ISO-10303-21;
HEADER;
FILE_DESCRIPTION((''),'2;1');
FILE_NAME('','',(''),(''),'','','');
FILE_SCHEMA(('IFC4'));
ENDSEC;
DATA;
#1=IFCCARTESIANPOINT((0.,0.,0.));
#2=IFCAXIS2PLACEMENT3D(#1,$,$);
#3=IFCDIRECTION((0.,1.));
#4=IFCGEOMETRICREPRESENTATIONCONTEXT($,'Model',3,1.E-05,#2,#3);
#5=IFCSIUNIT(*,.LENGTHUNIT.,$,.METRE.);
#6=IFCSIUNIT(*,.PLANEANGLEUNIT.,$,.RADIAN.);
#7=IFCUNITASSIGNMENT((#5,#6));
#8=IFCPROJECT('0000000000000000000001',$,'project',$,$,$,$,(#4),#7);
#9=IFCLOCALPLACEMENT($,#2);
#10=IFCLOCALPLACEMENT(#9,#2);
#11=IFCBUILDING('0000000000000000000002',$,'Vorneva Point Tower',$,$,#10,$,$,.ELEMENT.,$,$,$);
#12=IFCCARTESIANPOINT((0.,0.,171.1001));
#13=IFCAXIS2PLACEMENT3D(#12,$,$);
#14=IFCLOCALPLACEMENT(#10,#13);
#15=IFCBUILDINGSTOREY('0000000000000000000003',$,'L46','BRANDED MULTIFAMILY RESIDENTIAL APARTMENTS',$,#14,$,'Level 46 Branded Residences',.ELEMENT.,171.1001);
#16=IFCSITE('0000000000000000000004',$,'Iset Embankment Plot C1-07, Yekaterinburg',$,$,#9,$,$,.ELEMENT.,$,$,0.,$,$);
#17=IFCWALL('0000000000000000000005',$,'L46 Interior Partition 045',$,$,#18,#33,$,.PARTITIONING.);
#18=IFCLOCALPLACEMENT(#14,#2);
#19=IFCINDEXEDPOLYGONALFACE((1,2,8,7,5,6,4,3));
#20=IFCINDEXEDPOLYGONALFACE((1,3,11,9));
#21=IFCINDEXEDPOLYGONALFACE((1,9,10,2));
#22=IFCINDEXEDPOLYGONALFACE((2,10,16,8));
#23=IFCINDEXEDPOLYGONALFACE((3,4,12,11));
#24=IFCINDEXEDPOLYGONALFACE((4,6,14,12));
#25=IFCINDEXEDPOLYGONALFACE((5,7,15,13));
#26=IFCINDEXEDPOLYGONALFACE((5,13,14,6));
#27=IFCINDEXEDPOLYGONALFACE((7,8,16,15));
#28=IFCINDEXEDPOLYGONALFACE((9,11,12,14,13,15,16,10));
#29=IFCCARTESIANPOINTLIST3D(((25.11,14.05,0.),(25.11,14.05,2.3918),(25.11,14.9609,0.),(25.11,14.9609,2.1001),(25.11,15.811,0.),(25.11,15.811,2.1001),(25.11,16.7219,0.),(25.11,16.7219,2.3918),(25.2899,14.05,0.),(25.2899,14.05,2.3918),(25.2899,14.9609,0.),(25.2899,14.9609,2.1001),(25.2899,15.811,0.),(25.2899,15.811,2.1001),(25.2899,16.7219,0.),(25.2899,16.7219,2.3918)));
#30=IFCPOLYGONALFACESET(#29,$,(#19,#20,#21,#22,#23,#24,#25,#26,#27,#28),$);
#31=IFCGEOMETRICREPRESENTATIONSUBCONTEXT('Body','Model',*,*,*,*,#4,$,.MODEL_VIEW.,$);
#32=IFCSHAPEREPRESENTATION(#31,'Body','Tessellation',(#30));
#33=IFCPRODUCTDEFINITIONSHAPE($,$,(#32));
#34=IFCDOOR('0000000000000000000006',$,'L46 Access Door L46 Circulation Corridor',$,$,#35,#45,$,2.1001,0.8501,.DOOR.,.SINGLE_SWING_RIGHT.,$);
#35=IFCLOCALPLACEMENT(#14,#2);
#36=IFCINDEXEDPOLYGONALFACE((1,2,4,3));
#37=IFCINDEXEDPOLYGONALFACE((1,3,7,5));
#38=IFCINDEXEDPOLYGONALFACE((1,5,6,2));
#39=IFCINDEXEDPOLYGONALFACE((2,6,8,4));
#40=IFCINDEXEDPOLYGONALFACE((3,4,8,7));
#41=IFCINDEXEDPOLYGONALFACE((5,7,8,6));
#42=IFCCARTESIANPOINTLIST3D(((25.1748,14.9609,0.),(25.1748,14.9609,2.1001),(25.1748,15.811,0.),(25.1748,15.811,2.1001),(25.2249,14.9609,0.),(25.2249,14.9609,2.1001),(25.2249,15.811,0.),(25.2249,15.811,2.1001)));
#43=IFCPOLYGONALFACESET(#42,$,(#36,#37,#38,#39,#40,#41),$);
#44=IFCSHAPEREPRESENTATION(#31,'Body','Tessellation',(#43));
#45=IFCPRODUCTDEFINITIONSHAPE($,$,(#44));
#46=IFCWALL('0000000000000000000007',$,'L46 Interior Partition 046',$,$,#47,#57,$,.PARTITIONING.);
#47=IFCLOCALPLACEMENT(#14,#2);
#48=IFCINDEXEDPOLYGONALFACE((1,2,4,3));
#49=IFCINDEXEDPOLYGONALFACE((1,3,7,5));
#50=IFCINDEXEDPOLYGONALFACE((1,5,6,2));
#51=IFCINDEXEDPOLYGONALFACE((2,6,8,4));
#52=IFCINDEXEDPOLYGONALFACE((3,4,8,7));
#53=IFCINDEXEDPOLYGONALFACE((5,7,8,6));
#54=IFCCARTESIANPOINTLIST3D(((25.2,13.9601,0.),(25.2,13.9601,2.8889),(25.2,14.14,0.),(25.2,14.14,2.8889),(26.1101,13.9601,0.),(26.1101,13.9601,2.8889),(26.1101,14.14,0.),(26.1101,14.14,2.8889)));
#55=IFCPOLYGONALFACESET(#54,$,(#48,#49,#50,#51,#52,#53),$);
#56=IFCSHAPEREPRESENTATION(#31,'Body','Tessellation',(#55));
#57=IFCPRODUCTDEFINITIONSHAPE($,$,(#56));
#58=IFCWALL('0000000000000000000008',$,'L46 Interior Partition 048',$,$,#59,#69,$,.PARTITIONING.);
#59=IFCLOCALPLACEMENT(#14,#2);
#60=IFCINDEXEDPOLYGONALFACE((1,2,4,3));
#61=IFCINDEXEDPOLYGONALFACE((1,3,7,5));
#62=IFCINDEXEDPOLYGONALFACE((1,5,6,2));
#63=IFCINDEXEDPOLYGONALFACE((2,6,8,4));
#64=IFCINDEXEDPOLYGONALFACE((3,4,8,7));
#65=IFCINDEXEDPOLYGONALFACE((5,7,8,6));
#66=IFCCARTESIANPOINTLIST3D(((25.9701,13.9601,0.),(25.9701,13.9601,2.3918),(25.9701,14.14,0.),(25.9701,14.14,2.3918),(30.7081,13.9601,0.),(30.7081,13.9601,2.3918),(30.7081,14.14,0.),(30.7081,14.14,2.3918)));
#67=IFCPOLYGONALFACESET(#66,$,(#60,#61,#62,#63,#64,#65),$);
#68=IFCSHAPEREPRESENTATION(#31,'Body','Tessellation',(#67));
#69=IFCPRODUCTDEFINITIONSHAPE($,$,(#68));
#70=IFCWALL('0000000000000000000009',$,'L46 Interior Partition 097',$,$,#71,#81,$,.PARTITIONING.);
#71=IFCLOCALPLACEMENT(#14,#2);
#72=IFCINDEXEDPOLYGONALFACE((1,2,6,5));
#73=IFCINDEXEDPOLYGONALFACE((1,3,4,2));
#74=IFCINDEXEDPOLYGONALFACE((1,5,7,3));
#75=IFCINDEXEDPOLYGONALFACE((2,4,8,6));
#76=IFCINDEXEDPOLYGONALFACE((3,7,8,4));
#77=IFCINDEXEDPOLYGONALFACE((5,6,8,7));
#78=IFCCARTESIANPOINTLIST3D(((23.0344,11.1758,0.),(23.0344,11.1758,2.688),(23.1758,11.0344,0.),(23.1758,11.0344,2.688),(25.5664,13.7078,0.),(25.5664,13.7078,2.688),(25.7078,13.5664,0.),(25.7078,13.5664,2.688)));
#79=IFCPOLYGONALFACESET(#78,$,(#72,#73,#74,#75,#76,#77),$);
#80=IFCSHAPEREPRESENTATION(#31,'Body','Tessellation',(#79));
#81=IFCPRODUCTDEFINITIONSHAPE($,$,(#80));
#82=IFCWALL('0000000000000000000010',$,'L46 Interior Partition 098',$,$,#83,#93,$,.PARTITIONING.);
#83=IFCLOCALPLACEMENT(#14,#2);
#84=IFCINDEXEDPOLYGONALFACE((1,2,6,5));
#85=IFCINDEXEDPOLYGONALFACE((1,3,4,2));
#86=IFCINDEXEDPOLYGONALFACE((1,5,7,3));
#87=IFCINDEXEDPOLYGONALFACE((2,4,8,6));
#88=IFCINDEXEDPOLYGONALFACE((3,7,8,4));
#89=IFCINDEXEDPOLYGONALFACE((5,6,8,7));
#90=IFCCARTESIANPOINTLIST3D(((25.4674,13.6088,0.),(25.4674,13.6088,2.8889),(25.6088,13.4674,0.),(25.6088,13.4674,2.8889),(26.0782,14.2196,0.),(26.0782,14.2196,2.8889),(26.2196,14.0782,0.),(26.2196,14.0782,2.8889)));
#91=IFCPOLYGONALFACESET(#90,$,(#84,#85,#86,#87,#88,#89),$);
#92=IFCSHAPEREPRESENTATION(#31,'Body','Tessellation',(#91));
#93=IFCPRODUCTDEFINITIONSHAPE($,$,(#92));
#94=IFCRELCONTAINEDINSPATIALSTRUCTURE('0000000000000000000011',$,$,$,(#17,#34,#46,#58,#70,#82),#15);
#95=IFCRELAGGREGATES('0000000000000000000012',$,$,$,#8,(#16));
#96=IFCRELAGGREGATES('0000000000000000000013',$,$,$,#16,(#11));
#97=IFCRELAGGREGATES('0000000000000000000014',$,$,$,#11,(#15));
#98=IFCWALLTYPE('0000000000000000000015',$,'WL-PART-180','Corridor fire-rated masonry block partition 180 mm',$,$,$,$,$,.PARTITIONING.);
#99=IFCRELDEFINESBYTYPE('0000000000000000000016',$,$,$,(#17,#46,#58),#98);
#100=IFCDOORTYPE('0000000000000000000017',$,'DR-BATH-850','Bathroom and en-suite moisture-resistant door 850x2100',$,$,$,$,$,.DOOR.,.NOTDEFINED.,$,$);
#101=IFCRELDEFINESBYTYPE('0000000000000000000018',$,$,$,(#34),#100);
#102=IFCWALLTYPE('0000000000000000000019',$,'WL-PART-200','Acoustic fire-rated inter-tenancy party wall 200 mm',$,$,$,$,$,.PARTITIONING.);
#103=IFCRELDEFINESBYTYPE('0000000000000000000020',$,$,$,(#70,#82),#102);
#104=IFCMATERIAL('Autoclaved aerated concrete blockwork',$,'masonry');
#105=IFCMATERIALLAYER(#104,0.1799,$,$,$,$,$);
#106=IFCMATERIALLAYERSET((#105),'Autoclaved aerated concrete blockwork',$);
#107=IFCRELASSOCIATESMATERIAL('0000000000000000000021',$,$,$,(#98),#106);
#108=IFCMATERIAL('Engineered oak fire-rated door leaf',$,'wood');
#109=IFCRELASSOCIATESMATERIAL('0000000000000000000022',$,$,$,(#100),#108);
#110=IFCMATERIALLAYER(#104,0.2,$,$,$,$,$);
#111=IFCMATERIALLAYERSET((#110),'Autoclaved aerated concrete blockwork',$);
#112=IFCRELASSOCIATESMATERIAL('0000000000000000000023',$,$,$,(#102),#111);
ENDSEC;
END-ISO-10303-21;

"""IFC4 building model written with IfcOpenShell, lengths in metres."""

from ifc_helpers import new_model, si_unit, direction, frame, frame_2d, origin, place, context, subcontext, project, spatial, rectangle, extrude, material, layer, layer_set, type_object, element, fill, save


model = new_model("IFC4")

# Units and contexts
model_context = context("Model", 3, precision=1e-05, world=origin(), true_north=direction((0.0, 1.0)))
body_context = subcontext(model_context, "Body", "Model", "MODEL_VIEW")
ifc_project = project(units=[si_unit("LENGTHUNIT", "METRE"), si_unit("PLANEANGLEUNIT", "RADIAN")], contexts=[model_context])

# Site, building, storey
site_placement = place(None, origin())
site = spatial("IfcSite", under=ifc_project, at=site_placement, Name="Iset Embankment Plot C1-07, Yekaterinburg", CompositionType="ELEMENT", RefElevation=0.0)
building_placement = place(site_placement, origin())
building = spatial("IfcBuilding", under=site, at=building_placement, Name="Vorneva Point Tower", CompositionType="ELEMENT")
storey_placement = place(building_placement, frame((0.0, 0.0, 171.1001)))
storey = spatial("IfcBuildingStorey", under=building, at=storey_placement, Name="L46", Description="BRANDED MULTIFAMILY RESIDENTIAL APARTMENTS", LongName="Level 46 Branded Residences", CompositionType="ELEMENT", Elevation=171.1001)

# Shared definitions
ifc_material_1 = material(Name="Autoclaved aerated concrete blockwork", Category="masonry")
ifc_layer_1 = layer(ifc_material_1, 0.1799)
ifc_layer_set_1 = layer_set([ifc_layer_1], Name="Autoclaved aerated concrete blockwork")
wall_type_1 = type_object("IfcWallType", Name="WL-PART-180", Description="Corridor fire-rated masonry block partition 180 mm", PredefinedType="PARTITIONING", material=ifc_layer_set_1)

# Wall, opening, door
ifc_material_2 = material(Name="Engineered oak fire-rated door leaf", Category="wood")
door_type = type_object("IfcDoorType", Name="DR-BATH-850", Description="Bathroom and en-suite moisture-resistant door 850x2100", OperationType="NOTDEFINED", PredefinedType="DOOR", material=ifc_material_2)
wall_1_placement = place(storey_placement, frame((25.2, 16.7219, 0.0), z_axis=(0.0, 0.0, 1.0), x_axis=(0.0, -1.0, 0.0)))
wall_1 = element("IfcWall", 1, at=wall_1_placement, inside=storey, type_object=wall_type_1, Name="L46 Interior Partition 045", PredefinedType="PARTITIONING", context=body_context, shape_type="SweptSolid", body=[
    extrude(rectangle(XDim=2.6719, YDim=0.1799, at=frame_2d((1.3359, 0.0))), origin(), (0.0, 0.0, 1.0), 2.3918),
])
opening_1_placement = place(wall_1_placement, frame((0.9109, 0.0, 0.0)))
opening_1 = element("IfcOpeningElement", 2, at=opening_1_placement, cuts=wall_1, PredefinedType="OPENING", context=body_context, shape_type="SweptSolid", body=[
    extrude(rectangle(XDim=0.8501, YDim=2.1001, at=frame_2d((0.425, 1.05))), frame((0.0, 0.105, 0.0), z_axis=(0.0, -1.0, 0.0), x_axis=(1.0, 0.0, 0.0)), (0.0, 0.0, 1.0), 0.2097),
])
door_1_placement = place(opening_1_placement, origin())
door_1 = element("IfcDoor", 3, at=door_1_placement, inside=storey, type_object=door_type, Name="L46 Access Door L46 Circulation Corridor", OperationType="SINGLE_SWING_RIGHT", OverallHeight=2.1001, OverallWidth=0.8501, PredefinedType="DOOR", context=body_context, shape_type="SweptSolid", body=[
    extrude(rectangle(XDim=0.8501, YDim=2.1001, at=frame_2d((0.425, 1.05))), frame((0.0, 0.0249, 0.0), z_axis=(0.0, -1.0, 0.0), x_axis=(1.0, 0.0, 0.0)), (0.0, 0.0, 1.0), 0.05),
])
fill(opening_1, door_1)

# Walls
wall_2_placement = place(storey_placement, frame((25.2, 14.05, 0.0), z_axis=(0.0, 0.0, 1.0), x_axis=(1.0, 0.0, 0.0)))
element("IfcWall", 4, at=wall_2_placement, inside=storey, type_object=wall_type_1, Name="L46 Interior Partition 046", PredefinedType="PARTITIONING", context=body_context, shape_type="SweptSolid", body=[
    extrude(rectangle(XDim=0.9102, YDim=0.1799, at=frame_2d((0.4551, 0.0))), origin(), (0.0, 0.0, 1.0), 2.8889),
])
wall_3_placement = place(storey_placement, frame((25.97, 14.05, 0.0), z_axis=(0.0, 0.0, 1.0), x_axis=(1.0, 0.0, 0.0)))
element("IfcWall", 5, at=wall_3_placement, inside=storey, type_object=wall_type_1, Name="L46 Interior Partition 048", PredefinedType="PARTITIONING", context=body_context, shape_type="SweptSolid", body=[
    extrude(rectangle(XDim=4.738, YDim=0.1799, at=frame_2d((2.3691, 0.0))), origin(), (0.0, 0.0, 1.0), 2.3918),
])
ifc_layer_2 = layer(ifc_material_1, 0.2)
ifc_layer_set_2 = layer_set([ifc_layer_2], Name="Autoclaved aerated concrete blockwork")
wall_type_2 = type_object("IfcWallType", Name="WL-PART-200", Description="Acoustic fire-rated inter-tenancy party wall 200 mm", PredefinedType="PARTITIONING", material=ifc_layer_set_2)
wall_4_placement = place(storey_placement, frame((23.105, 11.105, 0.0), z_axis=(0.0, 0.0, 1.0), x_axis=(0.707107, 0.707107, 0.0)))
element("IfcWall", 6, at=wall_4_placement, inside=storey, type_object=wall_type_2, Name="L46 Interior Partition 097", PredefinedType="PARTITIONING", context=body_context, shape_type="SweptSolid", body=[
    extrude(rectangle(XDim=3.5808, YDim=0.2, at=frame_2d((1.7905, 0.0))), origin(), (0.0, 0.0, 1.0), 2.688),
])
wall_5_placement = place(storey_placement, frame((25.5381, 13.5381, 0.0), z_axis=(0.0, 0.0, 1.0), x_axis=(0.707107, 0.707107, 0.0)))
element("IfcWall", 7, at=wall_5_placement, inside=storey, type_object=wall_type_2, Name="L46 Interior Partition 098", PredefinedType="PARTITIONING", context=body_context, shape_type="SweptSolid", body=[
    extrude(rectangle(XDim=0.8638, YDim=0.2, at=frame_2d((0.4319, 0.0))), origin(), (0.0, 0.0, 1.0), 2.8889),
])

save(model, "model.ifc")
